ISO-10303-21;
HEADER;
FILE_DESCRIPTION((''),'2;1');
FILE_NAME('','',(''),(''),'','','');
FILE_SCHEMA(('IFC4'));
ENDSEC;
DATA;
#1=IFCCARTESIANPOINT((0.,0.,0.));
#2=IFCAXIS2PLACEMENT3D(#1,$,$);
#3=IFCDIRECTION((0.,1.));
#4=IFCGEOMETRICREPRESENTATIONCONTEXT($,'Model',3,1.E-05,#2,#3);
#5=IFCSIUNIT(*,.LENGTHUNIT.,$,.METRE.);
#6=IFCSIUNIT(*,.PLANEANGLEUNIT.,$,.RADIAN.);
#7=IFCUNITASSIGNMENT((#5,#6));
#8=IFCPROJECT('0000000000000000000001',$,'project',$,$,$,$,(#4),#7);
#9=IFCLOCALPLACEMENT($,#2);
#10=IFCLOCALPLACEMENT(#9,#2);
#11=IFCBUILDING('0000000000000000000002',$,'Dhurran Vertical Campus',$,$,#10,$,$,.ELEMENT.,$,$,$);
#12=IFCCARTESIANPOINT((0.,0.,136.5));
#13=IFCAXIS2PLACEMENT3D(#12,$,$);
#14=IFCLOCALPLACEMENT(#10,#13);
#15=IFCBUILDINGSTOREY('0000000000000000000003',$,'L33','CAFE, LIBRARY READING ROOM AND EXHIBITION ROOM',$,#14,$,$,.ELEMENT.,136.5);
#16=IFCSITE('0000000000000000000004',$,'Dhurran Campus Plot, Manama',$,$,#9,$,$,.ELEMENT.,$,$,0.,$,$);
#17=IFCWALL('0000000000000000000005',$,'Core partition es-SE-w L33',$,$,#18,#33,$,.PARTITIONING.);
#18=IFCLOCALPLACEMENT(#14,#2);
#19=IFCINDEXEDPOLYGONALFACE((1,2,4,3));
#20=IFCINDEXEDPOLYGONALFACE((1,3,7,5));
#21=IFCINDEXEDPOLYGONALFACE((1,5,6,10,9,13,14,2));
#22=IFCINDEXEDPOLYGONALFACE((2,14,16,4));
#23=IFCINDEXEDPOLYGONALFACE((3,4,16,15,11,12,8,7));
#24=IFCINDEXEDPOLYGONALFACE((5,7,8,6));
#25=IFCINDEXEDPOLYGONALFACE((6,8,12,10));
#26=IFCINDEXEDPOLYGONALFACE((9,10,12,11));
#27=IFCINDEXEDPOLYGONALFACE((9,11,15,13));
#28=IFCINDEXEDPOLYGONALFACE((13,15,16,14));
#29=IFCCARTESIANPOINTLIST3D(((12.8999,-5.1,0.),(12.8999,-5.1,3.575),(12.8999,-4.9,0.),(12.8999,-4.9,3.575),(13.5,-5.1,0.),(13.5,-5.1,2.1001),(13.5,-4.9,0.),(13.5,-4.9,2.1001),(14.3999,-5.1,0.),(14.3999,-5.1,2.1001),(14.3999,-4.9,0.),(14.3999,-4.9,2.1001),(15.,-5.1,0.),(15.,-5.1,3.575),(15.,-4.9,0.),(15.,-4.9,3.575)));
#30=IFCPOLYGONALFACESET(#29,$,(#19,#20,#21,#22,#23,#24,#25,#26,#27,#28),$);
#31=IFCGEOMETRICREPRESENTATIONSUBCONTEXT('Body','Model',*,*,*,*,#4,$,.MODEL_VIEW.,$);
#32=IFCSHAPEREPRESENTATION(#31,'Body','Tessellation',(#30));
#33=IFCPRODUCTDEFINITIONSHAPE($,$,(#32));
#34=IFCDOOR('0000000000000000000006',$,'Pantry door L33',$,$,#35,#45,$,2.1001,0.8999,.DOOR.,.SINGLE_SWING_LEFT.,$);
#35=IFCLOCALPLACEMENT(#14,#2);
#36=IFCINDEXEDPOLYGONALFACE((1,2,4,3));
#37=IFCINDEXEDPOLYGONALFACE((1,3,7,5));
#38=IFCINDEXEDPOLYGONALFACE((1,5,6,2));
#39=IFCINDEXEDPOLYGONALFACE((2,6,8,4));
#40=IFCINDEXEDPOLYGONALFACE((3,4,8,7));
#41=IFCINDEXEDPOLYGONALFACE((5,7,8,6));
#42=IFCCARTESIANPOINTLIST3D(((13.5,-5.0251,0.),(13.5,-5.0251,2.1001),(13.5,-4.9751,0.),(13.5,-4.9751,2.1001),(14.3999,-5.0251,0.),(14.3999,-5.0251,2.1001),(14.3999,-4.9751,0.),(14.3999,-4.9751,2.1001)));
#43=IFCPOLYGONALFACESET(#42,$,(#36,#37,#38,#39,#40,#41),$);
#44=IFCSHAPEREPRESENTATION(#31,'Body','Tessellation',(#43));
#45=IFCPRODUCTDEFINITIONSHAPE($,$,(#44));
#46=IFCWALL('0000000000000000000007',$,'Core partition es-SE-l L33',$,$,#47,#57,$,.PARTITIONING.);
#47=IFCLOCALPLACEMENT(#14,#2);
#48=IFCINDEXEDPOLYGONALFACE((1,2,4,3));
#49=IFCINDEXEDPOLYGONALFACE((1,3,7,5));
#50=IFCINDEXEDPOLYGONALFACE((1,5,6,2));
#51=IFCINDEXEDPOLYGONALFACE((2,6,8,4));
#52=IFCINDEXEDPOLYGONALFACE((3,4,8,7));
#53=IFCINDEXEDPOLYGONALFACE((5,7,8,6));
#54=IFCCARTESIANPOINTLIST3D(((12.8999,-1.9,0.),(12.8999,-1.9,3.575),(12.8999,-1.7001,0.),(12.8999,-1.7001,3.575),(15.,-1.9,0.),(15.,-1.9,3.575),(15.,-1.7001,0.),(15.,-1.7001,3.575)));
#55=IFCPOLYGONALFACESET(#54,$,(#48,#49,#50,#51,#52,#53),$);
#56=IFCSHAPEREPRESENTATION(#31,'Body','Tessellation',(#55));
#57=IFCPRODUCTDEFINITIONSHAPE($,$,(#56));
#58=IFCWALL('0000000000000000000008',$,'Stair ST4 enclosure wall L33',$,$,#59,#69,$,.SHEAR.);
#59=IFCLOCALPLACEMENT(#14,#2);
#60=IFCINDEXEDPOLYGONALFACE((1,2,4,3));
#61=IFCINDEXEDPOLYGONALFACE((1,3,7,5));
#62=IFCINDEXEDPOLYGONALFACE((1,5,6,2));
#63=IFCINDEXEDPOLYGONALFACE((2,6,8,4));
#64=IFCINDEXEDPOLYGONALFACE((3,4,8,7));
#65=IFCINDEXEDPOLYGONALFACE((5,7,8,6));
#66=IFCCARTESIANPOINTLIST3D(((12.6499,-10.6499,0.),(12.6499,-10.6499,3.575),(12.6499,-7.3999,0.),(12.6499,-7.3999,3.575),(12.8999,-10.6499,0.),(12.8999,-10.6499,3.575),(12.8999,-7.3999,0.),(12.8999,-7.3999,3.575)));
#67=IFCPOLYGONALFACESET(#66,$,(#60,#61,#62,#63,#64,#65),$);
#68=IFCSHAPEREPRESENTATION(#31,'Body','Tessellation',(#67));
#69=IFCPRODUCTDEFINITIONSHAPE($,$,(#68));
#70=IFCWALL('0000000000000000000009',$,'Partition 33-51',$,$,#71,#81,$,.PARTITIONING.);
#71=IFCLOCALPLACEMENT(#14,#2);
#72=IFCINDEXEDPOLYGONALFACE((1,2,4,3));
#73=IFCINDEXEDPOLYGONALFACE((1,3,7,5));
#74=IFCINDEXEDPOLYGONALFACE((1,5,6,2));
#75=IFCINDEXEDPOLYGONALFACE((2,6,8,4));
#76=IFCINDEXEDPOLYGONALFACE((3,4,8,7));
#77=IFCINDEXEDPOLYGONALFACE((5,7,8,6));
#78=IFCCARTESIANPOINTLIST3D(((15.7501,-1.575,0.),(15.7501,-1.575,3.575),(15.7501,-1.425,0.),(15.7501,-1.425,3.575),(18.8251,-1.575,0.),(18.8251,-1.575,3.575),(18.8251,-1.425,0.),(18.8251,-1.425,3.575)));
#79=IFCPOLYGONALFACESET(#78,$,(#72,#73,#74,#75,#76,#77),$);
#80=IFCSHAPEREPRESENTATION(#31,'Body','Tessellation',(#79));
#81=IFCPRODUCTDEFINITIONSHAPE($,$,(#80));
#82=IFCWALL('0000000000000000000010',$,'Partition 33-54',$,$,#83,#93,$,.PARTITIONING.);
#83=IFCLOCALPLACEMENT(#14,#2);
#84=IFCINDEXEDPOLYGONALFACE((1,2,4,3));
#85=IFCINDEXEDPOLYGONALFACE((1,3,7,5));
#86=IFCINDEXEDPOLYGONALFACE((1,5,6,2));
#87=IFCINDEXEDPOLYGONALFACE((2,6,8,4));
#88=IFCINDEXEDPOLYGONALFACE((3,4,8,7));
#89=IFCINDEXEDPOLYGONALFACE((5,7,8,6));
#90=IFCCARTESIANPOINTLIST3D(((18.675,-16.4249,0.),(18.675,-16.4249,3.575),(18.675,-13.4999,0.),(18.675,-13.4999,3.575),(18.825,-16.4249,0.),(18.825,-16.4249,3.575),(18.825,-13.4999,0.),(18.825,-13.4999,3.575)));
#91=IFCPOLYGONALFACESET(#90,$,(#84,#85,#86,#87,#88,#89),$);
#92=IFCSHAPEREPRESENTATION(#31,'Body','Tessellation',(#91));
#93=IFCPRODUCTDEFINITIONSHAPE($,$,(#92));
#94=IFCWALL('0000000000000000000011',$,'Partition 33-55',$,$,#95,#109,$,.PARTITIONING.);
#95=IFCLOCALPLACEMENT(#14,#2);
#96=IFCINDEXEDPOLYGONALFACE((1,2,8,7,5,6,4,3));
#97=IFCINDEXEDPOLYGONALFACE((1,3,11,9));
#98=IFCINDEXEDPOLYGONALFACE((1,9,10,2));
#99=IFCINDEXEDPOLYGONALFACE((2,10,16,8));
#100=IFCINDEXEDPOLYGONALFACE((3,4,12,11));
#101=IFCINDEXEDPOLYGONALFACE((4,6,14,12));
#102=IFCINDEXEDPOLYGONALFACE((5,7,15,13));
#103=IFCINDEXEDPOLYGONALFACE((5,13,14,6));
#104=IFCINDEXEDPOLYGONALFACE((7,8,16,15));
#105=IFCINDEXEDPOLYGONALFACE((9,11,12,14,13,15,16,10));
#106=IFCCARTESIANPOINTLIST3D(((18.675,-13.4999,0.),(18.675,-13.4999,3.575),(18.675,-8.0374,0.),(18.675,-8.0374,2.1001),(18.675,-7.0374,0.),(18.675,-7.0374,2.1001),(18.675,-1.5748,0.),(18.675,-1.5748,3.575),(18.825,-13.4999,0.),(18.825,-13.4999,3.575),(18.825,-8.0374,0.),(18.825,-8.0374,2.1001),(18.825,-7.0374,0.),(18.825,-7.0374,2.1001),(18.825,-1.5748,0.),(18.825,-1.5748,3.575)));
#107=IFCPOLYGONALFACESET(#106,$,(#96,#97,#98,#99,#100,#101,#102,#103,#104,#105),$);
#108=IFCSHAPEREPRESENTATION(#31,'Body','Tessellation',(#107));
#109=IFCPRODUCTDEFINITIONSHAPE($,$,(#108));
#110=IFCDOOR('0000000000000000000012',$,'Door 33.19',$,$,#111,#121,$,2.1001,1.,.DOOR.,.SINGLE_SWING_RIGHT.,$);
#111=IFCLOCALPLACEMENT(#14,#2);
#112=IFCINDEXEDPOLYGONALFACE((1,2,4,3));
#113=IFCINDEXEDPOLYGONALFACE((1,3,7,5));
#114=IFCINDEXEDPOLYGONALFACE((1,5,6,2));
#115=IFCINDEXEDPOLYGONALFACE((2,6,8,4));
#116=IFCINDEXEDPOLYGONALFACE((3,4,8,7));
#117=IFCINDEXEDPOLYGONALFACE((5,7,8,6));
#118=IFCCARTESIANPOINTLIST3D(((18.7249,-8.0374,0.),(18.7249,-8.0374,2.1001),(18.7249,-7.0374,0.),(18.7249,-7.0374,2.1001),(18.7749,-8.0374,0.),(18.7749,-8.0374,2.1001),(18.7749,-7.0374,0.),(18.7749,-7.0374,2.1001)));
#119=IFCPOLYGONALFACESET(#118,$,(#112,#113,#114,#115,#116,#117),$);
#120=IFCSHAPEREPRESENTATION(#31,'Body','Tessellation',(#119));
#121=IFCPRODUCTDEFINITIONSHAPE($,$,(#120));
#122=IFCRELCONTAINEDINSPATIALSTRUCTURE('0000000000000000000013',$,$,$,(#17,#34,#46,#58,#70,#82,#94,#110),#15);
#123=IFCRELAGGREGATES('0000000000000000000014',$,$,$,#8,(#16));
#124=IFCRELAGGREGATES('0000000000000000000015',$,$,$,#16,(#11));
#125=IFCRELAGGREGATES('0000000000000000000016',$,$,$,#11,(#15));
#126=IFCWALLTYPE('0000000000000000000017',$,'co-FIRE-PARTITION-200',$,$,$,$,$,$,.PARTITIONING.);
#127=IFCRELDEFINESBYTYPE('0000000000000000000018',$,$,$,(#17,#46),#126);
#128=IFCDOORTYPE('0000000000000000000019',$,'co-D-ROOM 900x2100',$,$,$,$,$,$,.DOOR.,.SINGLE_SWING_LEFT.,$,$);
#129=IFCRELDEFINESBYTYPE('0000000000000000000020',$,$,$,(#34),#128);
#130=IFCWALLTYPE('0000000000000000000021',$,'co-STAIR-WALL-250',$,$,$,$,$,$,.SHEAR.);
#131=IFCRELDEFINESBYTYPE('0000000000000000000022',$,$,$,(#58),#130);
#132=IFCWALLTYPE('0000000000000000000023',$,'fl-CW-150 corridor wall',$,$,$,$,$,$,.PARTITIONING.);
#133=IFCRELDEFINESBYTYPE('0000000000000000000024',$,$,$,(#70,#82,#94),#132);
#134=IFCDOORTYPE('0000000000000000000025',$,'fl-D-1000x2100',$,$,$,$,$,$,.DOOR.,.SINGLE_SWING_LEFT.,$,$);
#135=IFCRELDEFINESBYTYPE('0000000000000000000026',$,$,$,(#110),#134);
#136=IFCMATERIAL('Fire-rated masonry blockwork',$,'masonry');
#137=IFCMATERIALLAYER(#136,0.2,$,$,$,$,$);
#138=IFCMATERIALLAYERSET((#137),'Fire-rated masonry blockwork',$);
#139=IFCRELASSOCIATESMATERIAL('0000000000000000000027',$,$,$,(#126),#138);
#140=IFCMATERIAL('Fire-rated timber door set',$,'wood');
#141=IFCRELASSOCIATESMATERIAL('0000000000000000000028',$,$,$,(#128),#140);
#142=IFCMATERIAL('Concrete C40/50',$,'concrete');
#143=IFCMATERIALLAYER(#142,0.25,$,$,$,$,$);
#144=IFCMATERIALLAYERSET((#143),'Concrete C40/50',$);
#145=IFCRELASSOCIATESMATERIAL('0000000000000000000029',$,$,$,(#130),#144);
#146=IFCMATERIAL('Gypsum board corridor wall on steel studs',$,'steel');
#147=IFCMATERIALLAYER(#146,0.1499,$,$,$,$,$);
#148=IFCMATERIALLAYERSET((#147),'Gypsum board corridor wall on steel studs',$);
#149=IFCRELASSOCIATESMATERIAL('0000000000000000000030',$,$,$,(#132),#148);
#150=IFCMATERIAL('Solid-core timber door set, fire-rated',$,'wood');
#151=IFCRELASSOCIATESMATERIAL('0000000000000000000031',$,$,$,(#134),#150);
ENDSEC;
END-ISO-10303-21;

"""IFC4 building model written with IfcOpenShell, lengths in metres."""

from ifc_helpers import new_model, si_unit, direction, frame, frame_2d, origin, place, context, subcontext, project, spatial, rectangle, extrude, material, layer, layer_set, type_object, element, fill, save


model = new_model("IFC4")

# Units and contexts
model_context = context("Model", 3, precision=1e-05, world=origin(), true_north=direction((0.0, 1.0)))
body_context = subcontext(model_context, "Body", "Model", "MODEL_VIEW")
ifc_project = project(units=[si_unit("LENGTHUNIT", "METRE"), si_unit("PLANEANGLEUNIT", "RADIAN")], contexts=[model_context])

# Site, building, storey
site_placement = place(None, origin())
site = spatial("IfcSite", under=ifc_project, at=site_placement, Name="Dhurran Campus Plot, Manama", CompositionType="ELEMENT", RefElevation=0.0)
building_placement = place(site_placement, origin())
building = spatial("IfcBuilding", under=site, at=building_placement, Name="Dhurran Vertical Campus", CompositionType="ELEMENT")
storey_placement = place(building_placement, frame((0.0, 0.0, 136.5)))
storey = spatial("IfcBuildingStorey", under=building, at=storey_placement, Name="L33", Description="CAFE, LIBRARY READING ROOM AND EXHIBITION ROOM", CompositionType="ELEMENT", Elevation=136.5)

# Shared definitions
ifc_material_1 = material(Name="Fire-rated masonry blockwork", Category="masonry")
ifc_layer_1 = layer(ifc_material_1, 0.2)
ifc_layer_set_1 = layer_set([ifc_layer_1], Name="Fire-rated masonry blockwork")
wall_type_1 = type_object("IfcWallType", Name="co-FIRE-PARTITION-200", PredefinedType="PARTITIONING", material=ifc_layer_set_1)

# Wall, opening, door
ifc_material_2 = material(Name="Fire-rated timber door set", Category="wood")
door_type_1 = type_object("IfcDoorType", Name="co-D-ROOM 900x2100", OperationType="SINGLE_SWING_LEFT", PredefinedType="DOOR", material=ifc_material_2)
wall_1_placement = place(storey_placement, frame((12.8999, -5.0, 0.0), z_axis=(0.0, 0.0, 1.0), x_axis=(1.0, 0.0, 0.0)))
wall_1 = element("IfcWall", 1, at=wall_1_placement, inside=storey, type_object=wall_type_1, Name="Core partition es-SE-w L33", PredefinedType="PARTITIONING", context=body_context, shape_type="SweptSolid", body=[
    extrude(rectangle(XDim=2.1001, YDim=0.2, at=frame_2d((1.05, 0.0))), origin(), (0.0, 0.0, 1.0), 3.575),
])
opening_1_placement = place(wall_1_placement, frame((0.6001, 0.0, 0.0)))
opening_1 = element("IfcOpeningElement", 2, at=opening_1_placement, cuts=wall_1, PredefinedType="OPENING", context=body_context, shape_type="SweptSolid", body=[
    extrude(rectangle(XDim=0.8999, YDim=2.1001, at=frame_2d((0.45, 1.05))), frame((0.0, 0.1099, 0.0), z_axis=(0.0, -1.0, 0.0), x_axis=(1.0, 0.0, 0.0)), (0.0, 0.0, 1.0), 0.22),
])
door_1_placement = place(opening_1_placement, origin())
door_1 = element("IfcDoor", 3, at=door_1_placement, inside=storey, type_object=door_type_1, Name="Pantry door L33", OperationType="SINGLE_SWING_LEFT", OverallHeight=2.1001, OverallWidth=0.8999, PredefinedType="DOOR", context=body_context, shape_type="SweptSolid", body=[
    extrude(rectangle(XDim=0.8999, YDim=2.1001, at=frame_2d((0.45, 1.05))), frame((0.0, 0.0249, 0.0), z_axis=(0.0, -1.0, 0.0), x_axis=(1.0, 0.0, 0.0)), (0.0, 0.0, 1.0), 0.05),
])
fill(opening_1, door_1)

# Walls
wall_2_placement = place(storey_placement, frame((12.8999, -1.8, 0.0), z_axis=(0.0, 0.0, 1.0), x_axis=(1.0, 0.0, 0.0)))
element("IfcWall", 4, at=wall_2_placement, inside=storey, type_object=wall_type_1, Name="Core partition es-SE-l L33", PredefinedType="PARTITIONING", context=body_context, shape_type="SweptSolid", body=[
    extrude(rectangle(XDim=2.1001, YDim=0.2, at=frame_2d((1.05, 0.0))), origin(), (0.0, 0.0, 1.0), 3.575),
])
ifc_material_3 = material(Name="Concrete C40/50", Category="concrete")
ifc_layer_2 = layer(ifc_material_3, 0.25)
ifc_layer_set_2 = layer_set([ifc_layer_2], Name="Concrete C40/50")
wall_type_2 = type_object("IfcWallType", Name="co-STAIR-WALL-250", PredefinedType="SHEAR", material=ifc_layer_set_2)
wall_3_placement = place(storey_placement, frame((12.7749, -10.6499, 0.0), z_axis=(0.0, 0.0, 1.0), x_axis=(0.0, 1.0, 0.0)))
element("IfcWall", 5, at=wall_3_placement, inside=storey, type_object=wall_type_2, Name="Stair ST4 enclosure wall L33", PredefinedType="SHEAR", context=body_context, shape_type="SweptSolid", body=[
    extrude(rectangle(XDim=3.25, YDim=0.25, at=frame_2d((1.625, 0.0))), origin(), (0.0, 0.0, 1.0), 3.575),
])
ifc_material_4 = material(Name="Gypsum board corridor wall on steel studs", Category="steel")
ifc_layer_3 = layer(ifc_material_4, 0.1499)
ifc_layer_set_3 = layer_set([ifc_layer_3], Name="Gypsum board corridor wall on steel studs")
wall_type_3 = type_object("IfcWallType", Name="fl-CW-150 corridor wall", PredefinedType="PARTITIONING", material=ifc_layer_set_3)
wall_4_placement = place(storey_placement, frame((15.75, -1.5, 0.0), z_axis=(0.0, 0.0, 1.0), x_axis=(1.0, 0.0, 0.0)))
element("IfcWall", 6, at=wall_4_placement, inside=storey, type_object=wall_type_3, Name="Partition 33-51", PredefinedType="PARTITIONING", context=body_context, shape_type="SweptSolid", body=[
    extrude(rectangle(XDim=3.075, YDim=0.1499, at=frame_2d((1.5376, 0.0))), origin(), (0.0, 0.0, 1.0), 3.575),
])
wall_5_placement = place(storey_placement, frame((18.75, -13.5, 0.0), z_axis=(0.0, 0.0, 1.0), x_axis=(0.0, -1.0, 0.0)))
element("IfcWall", 7, at=wall_5_placement, inside=storey, type_object=wall_type_3, Name="Partition 33-54", PredefinedType="PARTITIONING", context=body_context, shape_type="SweptSolid", body=[
    extrude(rectangle(XDim=2.925, YDim=0.1499, at=frame_2d((1.4624, 0.0))), origin(), (0.0, 0.0, 1.0), 3.575),
])

# Wall, opening, door
wall_6_placement = place(storey_placement, frame((18.75, -1.575, 0.0), z_axis=(0.0, 0.0, 1.0), x_axis=(0.0, -1.0, 0.0)))
wall_6 = element("IfcWall", 8, at=wall_6_placement, inside=storey, type_object=wall_type_3, Name="Partition 33-55", PredefinedType="PARTITIONING", context=body_context, shape_type="SweptSolid", body=[
    extrude(rectangle(XDim=11.925, YDim=0.1499, at=frame_2d((5.9624, 0.0))), origin(), (0.0, 0.0, 1.0), 3.575),
])
opening_2_placement = place(wall_6_placement, frame((5.4624, 0.0, 0.0)))
opening_2 = element("IfcOpeningElement", 9, at=opening_2_placement, cuts=wall_6, PredefinedType="OPENING", context=body_context, shape_type="SweptSolid", body=[
    extrude(rectangle(XDim=1.0, YDim=2.1001, at=frame_2d((0.5, 1.05))), frame((0.0, 0.085, 0.0), z_axis=(0.0, -1.0, 0.0), x_axis=(1.0, 0.0, 0.0)), (0.0, 0.0, 1.0), 0.1699),
])
ifc_material_5 = material(Name="Solid-core timber door set, fire-rated", Category="wood")
door_type_2 = type_object("IfcDoorType", Name="fl-D-1000x2100", OperationType="SINGLE_SWING_LEFT", PredefinedType="DOOR", material=ifc_material_5)
door_2_placement = place(opening_2_placement, origin())
door_2 = element("IfcDoor", 10, at=door_2_placement, inside=storey, type_object=door_type_2, Name="Door 33.19", OperationType="SINGLE_SWING_RIGHT", OverallHeight=2.1001, OverallWidth=1.0, PredefinedType="DOOR", context=body_context, shape_type="SweptSolid", body=[
    extrude(rectangle(XDim=1.0, YDim=2.1001, at=frame_2d((0.5, 1.05))), frame((0.0, 0.0249, 0.0), z_axis=(0.0, -1.0, 0.0), x_axis=(1.0, 0.0, 0.0)), (0.0, 0.0, 1.0), 0.05),
])
fill(opening_2, door_2)

save(model, "model.ifc")
